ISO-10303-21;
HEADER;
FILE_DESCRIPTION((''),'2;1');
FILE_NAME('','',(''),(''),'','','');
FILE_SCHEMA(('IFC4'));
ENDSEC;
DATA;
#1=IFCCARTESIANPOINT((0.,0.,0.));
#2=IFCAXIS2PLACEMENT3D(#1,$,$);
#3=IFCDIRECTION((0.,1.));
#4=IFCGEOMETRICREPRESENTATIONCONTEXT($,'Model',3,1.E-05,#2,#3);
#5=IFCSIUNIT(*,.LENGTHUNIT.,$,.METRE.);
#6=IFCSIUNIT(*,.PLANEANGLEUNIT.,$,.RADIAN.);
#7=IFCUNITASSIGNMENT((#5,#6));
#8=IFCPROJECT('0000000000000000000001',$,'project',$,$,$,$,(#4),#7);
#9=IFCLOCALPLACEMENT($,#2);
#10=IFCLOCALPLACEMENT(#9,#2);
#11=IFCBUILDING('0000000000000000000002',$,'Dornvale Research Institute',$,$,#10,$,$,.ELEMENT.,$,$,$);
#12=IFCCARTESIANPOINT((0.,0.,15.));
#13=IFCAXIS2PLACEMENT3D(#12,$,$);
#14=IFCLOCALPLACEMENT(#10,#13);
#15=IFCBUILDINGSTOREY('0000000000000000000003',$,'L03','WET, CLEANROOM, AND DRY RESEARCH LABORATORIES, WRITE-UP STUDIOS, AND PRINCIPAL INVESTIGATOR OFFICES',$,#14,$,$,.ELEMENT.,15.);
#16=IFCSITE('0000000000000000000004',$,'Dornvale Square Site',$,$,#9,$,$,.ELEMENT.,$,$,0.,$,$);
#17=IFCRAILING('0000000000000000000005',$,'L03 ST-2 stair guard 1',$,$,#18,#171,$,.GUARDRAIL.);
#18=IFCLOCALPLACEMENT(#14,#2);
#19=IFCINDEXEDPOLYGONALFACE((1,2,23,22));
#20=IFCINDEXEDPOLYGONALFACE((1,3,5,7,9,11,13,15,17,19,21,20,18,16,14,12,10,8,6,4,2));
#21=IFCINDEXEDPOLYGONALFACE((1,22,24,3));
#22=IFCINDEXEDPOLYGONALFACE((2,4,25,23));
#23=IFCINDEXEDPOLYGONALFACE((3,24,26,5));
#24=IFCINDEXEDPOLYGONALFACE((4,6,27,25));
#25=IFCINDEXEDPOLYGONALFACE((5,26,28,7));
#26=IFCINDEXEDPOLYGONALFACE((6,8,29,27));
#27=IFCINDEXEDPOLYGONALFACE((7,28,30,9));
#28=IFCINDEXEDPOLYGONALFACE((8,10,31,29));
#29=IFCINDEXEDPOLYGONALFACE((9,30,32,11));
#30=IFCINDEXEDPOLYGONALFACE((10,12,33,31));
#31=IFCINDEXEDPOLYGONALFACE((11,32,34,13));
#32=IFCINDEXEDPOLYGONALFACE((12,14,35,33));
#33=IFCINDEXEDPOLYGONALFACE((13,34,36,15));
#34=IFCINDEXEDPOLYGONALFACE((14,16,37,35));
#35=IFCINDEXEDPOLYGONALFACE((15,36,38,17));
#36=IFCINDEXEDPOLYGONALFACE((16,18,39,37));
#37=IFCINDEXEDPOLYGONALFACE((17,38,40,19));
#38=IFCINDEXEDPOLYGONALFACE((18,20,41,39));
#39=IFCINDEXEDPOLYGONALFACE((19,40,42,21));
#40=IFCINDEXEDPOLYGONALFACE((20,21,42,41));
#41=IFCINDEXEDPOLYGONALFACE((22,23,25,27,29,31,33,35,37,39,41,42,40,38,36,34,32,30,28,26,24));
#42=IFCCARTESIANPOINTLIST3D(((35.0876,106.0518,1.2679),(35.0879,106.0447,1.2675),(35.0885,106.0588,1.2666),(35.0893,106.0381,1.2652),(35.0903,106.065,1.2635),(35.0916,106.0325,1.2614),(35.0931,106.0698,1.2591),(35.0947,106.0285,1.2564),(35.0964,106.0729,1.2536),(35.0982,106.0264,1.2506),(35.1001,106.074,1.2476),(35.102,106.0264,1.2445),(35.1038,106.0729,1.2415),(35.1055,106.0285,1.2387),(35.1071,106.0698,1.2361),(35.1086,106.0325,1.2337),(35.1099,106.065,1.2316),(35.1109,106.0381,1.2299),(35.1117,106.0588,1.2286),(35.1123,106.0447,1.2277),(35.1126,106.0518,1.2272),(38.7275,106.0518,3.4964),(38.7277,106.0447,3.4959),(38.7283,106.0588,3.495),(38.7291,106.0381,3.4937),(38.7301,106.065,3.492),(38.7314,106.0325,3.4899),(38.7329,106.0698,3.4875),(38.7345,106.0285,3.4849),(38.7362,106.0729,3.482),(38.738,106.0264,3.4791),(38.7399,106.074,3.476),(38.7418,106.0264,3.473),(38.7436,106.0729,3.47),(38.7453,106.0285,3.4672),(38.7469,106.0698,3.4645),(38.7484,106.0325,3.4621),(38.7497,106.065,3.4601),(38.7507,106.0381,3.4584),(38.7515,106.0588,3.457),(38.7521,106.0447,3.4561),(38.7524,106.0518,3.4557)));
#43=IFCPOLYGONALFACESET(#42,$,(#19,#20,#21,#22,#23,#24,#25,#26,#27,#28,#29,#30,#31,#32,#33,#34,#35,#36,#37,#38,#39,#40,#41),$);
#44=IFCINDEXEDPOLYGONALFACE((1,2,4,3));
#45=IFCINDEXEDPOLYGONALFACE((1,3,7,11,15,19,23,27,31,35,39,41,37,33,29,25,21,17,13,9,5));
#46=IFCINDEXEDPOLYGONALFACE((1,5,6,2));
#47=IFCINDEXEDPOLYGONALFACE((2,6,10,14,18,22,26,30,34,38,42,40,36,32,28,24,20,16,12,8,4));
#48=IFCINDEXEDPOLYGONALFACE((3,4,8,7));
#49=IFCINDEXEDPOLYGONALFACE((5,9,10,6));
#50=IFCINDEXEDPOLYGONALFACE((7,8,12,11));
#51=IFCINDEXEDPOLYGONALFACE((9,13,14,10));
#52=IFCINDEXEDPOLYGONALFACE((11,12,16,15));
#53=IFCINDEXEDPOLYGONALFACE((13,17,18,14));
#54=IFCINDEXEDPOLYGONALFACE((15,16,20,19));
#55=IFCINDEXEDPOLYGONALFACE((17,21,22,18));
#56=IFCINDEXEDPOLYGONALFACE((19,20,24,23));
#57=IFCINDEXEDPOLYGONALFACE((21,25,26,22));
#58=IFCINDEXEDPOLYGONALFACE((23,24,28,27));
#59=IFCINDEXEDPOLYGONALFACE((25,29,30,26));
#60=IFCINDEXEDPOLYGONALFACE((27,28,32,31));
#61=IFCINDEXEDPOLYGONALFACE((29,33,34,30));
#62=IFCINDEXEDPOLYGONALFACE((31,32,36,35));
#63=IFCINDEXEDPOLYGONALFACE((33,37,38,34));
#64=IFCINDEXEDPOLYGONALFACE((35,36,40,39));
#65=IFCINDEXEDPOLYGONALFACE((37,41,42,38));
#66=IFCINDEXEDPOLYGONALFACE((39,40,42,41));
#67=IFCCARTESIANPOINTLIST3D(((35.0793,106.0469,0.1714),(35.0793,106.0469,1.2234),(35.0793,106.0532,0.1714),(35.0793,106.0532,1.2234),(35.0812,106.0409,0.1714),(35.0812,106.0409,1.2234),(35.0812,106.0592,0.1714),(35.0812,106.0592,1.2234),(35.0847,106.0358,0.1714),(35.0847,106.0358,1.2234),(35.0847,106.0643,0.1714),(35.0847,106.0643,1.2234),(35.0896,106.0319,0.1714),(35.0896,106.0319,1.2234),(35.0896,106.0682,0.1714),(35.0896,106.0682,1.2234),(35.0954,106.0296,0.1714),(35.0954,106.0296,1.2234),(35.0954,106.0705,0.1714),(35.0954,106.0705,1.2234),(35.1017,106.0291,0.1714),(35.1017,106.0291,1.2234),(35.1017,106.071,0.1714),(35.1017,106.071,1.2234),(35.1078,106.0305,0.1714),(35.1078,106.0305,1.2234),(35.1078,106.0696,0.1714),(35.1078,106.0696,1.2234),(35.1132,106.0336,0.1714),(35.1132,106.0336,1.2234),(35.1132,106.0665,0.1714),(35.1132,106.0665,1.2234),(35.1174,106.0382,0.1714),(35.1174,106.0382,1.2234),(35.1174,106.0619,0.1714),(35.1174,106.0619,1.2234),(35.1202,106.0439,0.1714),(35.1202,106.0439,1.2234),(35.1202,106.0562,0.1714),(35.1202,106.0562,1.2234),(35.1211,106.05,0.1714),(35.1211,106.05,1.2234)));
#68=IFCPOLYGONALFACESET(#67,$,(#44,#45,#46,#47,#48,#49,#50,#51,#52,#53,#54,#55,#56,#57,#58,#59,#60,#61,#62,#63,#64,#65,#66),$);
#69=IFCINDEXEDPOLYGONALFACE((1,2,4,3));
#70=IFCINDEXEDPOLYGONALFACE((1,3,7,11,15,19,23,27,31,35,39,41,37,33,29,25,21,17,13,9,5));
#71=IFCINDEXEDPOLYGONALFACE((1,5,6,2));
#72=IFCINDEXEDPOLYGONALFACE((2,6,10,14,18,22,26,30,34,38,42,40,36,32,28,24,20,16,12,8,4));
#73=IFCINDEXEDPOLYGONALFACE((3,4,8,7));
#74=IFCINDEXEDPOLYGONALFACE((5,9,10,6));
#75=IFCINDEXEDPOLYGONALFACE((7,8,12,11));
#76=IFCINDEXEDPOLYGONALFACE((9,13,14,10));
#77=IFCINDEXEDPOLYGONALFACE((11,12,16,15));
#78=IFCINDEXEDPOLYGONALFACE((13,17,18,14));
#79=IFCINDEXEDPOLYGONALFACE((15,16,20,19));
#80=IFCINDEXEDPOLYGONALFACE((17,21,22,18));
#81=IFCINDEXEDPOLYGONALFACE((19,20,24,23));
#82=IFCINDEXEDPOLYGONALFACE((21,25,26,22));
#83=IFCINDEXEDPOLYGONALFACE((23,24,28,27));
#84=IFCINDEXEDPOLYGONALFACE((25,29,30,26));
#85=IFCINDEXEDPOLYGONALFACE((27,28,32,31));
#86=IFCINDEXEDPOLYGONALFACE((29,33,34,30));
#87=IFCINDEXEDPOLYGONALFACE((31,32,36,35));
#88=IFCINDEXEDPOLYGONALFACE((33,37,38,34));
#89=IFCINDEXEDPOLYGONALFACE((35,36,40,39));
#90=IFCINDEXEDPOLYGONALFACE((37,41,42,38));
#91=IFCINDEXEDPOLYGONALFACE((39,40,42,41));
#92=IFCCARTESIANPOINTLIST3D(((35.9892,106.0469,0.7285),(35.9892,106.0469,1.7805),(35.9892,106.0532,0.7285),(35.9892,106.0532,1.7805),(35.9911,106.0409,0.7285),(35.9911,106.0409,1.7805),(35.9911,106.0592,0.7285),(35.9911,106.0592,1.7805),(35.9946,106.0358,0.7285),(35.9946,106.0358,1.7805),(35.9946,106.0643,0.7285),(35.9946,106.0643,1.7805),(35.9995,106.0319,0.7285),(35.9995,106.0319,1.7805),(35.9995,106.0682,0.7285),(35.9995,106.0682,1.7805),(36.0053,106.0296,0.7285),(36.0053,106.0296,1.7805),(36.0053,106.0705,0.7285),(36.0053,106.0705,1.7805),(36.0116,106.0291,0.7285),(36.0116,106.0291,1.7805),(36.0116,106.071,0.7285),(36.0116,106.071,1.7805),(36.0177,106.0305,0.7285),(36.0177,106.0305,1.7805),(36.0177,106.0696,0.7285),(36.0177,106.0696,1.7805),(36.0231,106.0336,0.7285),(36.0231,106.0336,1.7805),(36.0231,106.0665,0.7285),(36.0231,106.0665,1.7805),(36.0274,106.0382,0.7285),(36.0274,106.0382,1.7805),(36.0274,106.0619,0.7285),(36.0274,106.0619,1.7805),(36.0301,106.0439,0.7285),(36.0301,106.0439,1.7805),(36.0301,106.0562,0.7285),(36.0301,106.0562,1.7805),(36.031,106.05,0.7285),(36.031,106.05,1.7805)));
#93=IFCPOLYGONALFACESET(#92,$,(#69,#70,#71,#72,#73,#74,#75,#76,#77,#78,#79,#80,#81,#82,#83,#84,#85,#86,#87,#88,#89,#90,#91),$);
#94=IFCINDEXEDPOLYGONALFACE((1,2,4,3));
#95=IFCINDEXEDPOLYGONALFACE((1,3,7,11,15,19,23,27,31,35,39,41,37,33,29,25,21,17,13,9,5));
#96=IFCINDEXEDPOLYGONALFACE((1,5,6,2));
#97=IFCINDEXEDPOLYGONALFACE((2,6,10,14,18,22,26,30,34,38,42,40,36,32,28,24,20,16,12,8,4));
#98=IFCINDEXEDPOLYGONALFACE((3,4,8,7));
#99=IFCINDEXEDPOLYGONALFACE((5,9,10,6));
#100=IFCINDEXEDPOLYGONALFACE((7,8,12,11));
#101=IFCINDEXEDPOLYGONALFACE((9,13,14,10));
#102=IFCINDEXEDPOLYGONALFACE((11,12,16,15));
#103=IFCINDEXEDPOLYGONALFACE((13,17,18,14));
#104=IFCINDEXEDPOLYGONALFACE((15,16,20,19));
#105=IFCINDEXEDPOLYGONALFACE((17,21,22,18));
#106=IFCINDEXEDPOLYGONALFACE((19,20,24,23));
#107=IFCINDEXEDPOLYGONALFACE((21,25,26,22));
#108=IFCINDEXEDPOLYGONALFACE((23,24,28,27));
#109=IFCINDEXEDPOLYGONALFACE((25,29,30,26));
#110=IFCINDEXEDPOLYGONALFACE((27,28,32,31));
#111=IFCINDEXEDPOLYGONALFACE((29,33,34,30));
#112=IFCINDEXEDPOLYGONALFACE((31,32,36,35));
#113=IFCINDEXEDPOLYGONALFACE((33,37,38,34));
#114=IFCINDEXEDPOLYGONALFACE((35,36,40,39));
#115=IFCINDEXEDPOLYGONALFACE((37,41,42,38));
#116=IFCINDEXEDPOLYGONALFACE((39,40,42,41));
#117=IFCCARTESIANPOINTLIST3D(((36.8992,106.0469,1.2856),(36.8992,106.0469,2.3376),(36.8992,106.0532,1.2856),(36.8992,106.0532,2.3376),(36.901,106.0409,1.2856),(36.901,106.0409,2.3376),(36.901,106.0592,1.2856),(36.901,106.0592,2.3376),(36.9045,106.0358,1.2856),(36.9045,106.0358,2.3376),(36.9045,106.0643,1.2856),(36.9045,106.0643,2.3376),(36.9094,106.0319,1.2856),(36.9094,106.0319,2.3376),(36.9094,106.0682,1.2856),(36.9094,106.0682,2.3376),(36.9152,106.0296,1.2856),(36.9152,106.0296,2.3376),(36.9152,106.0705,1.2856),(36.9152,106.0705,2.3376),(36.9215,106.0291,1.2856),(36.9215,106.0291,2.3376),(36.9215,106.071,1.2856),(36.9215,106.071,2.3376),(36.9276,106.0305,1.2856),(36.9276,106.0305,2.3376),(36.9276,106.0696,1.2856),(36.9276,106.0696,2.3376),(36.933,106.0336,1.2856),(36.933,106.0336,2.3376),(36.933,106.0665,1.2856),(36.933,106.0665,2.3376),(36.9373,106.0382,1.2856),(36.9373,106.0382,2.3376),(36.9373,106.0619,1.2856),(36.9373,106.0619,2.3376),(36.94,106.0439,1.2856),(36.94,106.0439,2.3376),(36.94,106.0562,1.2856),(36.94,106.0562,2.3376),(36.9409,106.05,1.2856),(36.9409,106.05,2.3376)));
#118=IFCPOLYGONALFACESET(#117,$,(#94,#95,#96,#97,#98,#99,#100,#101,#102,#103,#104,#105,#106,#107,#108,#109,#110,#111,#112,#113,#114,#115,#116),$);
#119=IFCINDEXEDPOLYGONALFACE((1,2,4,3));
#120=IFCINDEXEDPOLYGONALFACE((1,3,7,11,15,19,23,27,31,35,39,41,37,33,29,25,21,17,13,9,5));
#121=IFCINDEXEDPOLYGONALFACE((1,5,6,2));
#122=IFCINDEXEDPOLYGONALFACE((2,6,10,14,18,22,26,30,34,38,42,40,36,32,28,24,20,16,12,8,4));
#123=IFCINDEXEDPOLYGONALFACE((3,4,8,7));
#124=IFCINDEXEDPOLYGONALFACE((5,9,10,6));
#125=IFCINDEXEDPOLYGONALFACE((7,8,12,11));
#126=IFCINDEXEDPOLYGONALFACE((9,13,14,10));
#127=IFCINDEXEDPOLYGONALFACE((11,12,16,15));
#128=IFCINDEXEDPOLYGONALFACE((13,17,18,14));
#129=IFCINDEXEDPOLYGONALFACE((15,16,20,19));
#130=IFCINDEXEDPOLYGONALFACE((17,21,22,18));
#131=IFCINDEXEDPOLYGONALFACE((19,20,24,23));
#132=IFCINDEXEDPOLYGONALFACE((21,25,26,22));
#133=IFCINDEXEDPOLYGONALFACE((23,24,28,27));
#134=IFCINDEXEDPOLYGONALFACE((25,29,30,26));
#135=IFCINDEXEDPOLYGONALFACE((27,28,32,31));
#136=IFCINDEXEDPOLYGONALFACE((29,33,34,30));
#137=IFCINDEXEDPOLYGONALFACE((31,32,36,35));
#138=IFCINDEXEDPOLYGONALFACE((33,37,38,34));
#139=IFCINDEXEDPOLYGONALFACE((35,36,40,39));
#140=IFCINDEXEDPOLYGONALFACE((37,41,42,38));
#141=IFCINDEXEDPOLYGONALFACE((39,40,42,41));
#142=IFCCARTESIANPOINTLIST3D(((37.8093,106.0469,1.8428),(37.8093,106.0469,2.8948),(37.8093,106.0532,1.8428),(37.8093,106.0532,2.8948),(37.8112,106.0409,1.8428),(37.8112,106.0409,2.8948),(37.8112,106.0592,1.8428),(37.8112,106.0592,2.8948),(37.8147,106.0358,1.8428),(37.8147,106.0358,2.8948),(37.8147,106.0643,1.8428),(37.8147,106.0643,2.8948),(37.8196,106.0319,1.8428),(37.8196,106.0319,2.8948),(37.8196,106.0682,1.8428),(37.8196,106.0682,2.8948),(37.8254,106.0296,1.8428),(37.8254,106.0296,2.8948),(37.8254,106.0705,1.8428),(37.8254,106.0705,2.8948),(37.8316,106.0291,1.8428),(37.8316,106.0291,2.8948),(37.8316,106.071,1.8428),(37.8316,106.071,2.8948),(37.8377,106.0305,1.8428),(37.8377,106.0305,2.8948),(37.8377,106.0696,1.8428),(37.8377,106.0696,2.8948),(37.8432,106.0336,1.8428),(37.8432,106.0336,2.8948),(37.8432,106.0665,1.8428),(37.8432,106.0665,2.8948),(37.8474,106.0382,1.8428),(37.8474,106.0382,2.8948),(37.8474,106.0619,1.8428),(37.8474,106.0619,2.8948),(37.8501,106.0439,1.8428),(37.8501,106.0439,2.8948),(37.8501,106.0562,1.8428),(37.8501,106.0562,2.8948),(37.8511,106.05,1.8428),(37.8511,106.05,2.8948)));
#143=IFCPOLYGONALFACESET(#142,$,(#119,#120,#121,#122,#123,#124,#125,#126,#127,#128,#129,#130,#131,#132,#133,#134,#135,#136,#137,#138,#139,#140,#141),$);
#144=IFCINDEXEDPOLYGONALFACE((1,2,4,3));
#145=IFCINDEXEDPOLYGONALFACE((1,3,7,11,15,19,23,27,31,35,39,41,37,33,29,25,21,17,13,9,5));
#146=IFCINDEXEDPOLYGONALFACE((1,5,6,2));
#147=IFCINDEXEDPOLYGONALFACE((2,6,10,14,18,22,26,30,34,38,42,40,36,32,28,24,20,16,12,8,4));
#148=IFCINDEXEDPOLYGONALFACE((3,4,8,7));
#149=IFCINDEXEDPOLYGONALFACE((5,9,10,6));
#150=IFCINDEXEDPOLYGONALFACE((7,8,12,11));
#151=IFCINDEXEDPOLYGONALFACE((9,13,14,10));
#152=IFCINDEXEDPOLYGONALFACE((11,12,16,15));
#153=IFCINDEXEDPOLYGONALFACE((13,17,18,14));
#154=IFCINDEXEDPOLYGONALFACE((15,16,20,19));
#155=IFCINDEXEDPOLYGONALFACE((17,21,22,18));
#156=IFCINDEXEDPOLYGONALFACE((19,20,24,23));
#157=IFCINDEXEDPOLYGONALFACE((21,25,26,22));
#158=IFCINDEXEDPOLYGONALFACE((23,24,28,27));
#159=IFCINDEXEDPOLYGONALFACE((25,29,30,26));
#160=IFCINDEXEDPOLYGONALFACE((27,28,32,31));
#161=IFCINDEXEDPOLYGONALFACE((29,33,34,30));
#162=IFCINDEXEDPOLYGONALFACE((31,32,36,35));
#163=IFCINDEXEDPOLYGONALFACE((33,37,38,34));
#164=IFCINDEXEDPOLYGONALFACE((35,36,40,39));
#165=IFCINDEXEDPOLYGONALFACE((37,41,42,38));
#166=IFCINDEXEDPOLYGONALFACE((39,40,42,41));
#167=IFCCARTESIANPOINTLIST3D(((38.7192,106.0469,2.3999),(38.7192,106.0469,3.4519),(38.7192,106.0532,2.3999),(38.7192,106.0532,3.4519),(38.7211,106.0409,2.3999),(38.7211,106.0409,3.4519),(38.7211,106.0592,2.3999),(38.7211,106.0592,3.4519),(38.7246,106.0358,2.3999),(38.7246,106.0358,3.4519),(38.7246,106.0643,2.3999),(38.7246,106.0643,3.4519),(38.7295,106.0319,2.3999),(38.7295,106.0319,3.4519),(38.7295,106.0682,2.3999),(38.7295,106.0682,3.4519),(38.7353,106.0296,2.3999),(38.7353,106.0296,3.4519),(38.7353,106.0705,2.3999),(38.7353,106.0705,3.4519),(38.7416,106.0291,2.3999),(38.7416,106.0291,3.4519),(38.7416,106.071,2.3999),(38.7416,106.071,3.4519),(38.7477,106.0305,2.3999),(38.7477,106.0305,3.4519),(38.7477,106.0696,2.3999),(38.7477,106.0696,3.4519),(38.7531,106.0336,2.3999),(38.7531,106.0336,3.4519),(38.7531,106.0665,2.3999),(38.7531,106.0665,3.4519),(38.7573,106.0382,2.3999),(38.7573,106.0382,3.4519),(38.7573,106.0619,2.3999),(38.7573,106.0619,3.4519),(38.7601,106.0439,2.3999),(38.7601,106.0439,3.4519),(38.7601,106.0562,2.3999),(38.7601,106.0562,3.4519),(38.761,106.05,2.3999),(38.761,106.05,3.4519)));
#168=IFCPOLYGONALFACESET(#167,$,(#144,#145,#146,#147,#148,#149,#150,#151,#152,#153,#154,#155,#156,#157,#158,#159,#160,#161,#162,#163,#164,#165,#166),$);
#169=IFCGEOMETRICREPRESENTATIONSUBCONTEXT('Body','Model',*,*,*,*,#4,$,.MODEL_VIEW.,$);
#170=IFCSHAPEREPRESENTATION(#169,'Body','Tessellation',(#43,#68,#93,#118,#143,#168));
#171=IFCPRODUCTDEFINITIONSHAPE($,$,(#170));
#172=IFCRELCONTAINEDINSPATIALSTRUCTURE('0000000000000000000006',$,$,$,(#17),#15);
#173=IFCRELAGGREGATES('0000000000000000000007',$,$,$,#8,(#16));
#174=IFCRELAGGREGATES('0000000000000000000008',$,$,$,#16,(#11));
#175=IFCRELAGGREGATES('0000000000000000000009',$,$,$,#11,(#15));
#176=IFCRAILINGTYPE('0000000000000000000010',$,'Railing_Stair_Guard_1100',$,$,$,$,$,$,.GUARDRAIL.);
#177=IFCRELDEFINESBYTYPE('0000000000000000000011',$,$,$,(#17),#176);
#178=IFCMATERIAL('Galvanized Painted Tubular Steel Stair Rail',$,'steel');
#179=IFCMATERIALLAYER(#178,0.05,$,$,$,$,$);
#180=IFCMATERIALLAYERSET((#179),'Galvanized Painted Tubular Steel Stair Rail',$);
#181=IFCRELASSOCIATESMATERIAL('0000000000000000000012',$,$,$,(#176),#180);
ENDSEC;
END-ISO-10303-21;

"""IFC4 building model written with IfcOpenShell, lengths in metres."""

from ifc_helpers import new_model, si_unit, direction, frame, origin, origin_2d, place, context, subcontext, project, spatial, circle, extrude, material, layer, layer_set, type_object, element, save


model = new_model("IFC4")

# Units and contexts
model_context = context("Model", 3, precision=1e-05, world=origin(), true_north=direction((0.0, 1.0)))
body_context = subcontext(model_context, "Body", "Model", "MODEL_VIEW")
ifc_project = project(units=[si_unit("LENGTHUNIT", "METRE"), si_unit("PLANEANGLEUNIT", "RADIAN")], contexts=[model_context])

# Site, building, storey
site_placement = place(None, origin())
site = spatial("IfcSite", under=ifc_project, at=site_placement, Name="Dornvale Square Site", CompositionType="ELEMENT", RefElevation=0.0)
building_placement = place(site_placement, origin())
building = spatial("IfcBuilding", under=site, at=building_placement, Name="Dornvale Research Institute", CompositionType="ELEMENT")
storey_placement = place(building_placement, frame((0.0, 0.0, 15.0)))
storey = spatial("IfcBuildingStorey", under=building, at=storey_placement, Name="L03", Description="WET, CLEANROOM, AND DRY RESEARCH LABORATORIES, WRITE-UP STUDIOS, AND PRINCIPAL INVESTIGATOR OFFICES", CompositionType="ELEMENT", Elevation=15.0)

# Railing
ifc_material_1 = material(Name="Galvanized Painted Tubular Steel Stair Rail", Category="steel")
ifc_layer_1 = layer(ifc_material_1, 0.05)
ifc_layer_set_1 = layer_set([ifc_layer_1], Name="Galvanized Painted Tubular Steel Stair Rail")
railing_type_1 = type_object("IfcRailingType", Name="Railing_Stair_Guard_1100", PredefinedType="GUARDRAIL", material=ifc_layer_set_1)
railing_1_placement = place(storey_placement, frame((35.1001, 106.05, 0.1714)))
element("IfcRailing", 1, at=railing_1_placement, inside=storey, type_object=railing_type_1, Name="L03 ST-2 stair guard 1", PredefinedType="GUARDRAIL", context=body_context, shape_type="SweptSolid", body=[
    extrude(circle(Radius=0.0239, at=origin_2d()), frame((0.0, 0.0, 1.0762), z_axis=(0.85285, 0.0, 0.522156), x_axis=(0.0, 1.0, 0.0)), (0.0, 0.0, 1.0), 4.2678),
    extrude(circle(Radius=0.021, at=origin_2d()), origin(), (0.0, 0.0, 1.0), 1.052),
    extrude(circle(Radius=0.021, at=origin_2d()), frame((0.9099, 0.0, 0.5571)), (0.0, 0.0, 1.0), 1.052),
    extrude(circle(Radius=0.021, at=origin_2d()), frame((1.8198, 0.0, 1.1143)), (0.0, 0.0, 1.0), 1.052),
    extrude(circle(Radius=0.021, at=origin_2d()), frame((2.73, 0.0, 1.6714)), (0.0, 0.0, 1.0), 1.052),
    extrude(circle(Radius=0.021, at=origin_2d()), frame((3.6399, 0.0, 2.2285)), (0.0, 0.0, 1.0), 1.052),
])

save(model, "model.ifc")
